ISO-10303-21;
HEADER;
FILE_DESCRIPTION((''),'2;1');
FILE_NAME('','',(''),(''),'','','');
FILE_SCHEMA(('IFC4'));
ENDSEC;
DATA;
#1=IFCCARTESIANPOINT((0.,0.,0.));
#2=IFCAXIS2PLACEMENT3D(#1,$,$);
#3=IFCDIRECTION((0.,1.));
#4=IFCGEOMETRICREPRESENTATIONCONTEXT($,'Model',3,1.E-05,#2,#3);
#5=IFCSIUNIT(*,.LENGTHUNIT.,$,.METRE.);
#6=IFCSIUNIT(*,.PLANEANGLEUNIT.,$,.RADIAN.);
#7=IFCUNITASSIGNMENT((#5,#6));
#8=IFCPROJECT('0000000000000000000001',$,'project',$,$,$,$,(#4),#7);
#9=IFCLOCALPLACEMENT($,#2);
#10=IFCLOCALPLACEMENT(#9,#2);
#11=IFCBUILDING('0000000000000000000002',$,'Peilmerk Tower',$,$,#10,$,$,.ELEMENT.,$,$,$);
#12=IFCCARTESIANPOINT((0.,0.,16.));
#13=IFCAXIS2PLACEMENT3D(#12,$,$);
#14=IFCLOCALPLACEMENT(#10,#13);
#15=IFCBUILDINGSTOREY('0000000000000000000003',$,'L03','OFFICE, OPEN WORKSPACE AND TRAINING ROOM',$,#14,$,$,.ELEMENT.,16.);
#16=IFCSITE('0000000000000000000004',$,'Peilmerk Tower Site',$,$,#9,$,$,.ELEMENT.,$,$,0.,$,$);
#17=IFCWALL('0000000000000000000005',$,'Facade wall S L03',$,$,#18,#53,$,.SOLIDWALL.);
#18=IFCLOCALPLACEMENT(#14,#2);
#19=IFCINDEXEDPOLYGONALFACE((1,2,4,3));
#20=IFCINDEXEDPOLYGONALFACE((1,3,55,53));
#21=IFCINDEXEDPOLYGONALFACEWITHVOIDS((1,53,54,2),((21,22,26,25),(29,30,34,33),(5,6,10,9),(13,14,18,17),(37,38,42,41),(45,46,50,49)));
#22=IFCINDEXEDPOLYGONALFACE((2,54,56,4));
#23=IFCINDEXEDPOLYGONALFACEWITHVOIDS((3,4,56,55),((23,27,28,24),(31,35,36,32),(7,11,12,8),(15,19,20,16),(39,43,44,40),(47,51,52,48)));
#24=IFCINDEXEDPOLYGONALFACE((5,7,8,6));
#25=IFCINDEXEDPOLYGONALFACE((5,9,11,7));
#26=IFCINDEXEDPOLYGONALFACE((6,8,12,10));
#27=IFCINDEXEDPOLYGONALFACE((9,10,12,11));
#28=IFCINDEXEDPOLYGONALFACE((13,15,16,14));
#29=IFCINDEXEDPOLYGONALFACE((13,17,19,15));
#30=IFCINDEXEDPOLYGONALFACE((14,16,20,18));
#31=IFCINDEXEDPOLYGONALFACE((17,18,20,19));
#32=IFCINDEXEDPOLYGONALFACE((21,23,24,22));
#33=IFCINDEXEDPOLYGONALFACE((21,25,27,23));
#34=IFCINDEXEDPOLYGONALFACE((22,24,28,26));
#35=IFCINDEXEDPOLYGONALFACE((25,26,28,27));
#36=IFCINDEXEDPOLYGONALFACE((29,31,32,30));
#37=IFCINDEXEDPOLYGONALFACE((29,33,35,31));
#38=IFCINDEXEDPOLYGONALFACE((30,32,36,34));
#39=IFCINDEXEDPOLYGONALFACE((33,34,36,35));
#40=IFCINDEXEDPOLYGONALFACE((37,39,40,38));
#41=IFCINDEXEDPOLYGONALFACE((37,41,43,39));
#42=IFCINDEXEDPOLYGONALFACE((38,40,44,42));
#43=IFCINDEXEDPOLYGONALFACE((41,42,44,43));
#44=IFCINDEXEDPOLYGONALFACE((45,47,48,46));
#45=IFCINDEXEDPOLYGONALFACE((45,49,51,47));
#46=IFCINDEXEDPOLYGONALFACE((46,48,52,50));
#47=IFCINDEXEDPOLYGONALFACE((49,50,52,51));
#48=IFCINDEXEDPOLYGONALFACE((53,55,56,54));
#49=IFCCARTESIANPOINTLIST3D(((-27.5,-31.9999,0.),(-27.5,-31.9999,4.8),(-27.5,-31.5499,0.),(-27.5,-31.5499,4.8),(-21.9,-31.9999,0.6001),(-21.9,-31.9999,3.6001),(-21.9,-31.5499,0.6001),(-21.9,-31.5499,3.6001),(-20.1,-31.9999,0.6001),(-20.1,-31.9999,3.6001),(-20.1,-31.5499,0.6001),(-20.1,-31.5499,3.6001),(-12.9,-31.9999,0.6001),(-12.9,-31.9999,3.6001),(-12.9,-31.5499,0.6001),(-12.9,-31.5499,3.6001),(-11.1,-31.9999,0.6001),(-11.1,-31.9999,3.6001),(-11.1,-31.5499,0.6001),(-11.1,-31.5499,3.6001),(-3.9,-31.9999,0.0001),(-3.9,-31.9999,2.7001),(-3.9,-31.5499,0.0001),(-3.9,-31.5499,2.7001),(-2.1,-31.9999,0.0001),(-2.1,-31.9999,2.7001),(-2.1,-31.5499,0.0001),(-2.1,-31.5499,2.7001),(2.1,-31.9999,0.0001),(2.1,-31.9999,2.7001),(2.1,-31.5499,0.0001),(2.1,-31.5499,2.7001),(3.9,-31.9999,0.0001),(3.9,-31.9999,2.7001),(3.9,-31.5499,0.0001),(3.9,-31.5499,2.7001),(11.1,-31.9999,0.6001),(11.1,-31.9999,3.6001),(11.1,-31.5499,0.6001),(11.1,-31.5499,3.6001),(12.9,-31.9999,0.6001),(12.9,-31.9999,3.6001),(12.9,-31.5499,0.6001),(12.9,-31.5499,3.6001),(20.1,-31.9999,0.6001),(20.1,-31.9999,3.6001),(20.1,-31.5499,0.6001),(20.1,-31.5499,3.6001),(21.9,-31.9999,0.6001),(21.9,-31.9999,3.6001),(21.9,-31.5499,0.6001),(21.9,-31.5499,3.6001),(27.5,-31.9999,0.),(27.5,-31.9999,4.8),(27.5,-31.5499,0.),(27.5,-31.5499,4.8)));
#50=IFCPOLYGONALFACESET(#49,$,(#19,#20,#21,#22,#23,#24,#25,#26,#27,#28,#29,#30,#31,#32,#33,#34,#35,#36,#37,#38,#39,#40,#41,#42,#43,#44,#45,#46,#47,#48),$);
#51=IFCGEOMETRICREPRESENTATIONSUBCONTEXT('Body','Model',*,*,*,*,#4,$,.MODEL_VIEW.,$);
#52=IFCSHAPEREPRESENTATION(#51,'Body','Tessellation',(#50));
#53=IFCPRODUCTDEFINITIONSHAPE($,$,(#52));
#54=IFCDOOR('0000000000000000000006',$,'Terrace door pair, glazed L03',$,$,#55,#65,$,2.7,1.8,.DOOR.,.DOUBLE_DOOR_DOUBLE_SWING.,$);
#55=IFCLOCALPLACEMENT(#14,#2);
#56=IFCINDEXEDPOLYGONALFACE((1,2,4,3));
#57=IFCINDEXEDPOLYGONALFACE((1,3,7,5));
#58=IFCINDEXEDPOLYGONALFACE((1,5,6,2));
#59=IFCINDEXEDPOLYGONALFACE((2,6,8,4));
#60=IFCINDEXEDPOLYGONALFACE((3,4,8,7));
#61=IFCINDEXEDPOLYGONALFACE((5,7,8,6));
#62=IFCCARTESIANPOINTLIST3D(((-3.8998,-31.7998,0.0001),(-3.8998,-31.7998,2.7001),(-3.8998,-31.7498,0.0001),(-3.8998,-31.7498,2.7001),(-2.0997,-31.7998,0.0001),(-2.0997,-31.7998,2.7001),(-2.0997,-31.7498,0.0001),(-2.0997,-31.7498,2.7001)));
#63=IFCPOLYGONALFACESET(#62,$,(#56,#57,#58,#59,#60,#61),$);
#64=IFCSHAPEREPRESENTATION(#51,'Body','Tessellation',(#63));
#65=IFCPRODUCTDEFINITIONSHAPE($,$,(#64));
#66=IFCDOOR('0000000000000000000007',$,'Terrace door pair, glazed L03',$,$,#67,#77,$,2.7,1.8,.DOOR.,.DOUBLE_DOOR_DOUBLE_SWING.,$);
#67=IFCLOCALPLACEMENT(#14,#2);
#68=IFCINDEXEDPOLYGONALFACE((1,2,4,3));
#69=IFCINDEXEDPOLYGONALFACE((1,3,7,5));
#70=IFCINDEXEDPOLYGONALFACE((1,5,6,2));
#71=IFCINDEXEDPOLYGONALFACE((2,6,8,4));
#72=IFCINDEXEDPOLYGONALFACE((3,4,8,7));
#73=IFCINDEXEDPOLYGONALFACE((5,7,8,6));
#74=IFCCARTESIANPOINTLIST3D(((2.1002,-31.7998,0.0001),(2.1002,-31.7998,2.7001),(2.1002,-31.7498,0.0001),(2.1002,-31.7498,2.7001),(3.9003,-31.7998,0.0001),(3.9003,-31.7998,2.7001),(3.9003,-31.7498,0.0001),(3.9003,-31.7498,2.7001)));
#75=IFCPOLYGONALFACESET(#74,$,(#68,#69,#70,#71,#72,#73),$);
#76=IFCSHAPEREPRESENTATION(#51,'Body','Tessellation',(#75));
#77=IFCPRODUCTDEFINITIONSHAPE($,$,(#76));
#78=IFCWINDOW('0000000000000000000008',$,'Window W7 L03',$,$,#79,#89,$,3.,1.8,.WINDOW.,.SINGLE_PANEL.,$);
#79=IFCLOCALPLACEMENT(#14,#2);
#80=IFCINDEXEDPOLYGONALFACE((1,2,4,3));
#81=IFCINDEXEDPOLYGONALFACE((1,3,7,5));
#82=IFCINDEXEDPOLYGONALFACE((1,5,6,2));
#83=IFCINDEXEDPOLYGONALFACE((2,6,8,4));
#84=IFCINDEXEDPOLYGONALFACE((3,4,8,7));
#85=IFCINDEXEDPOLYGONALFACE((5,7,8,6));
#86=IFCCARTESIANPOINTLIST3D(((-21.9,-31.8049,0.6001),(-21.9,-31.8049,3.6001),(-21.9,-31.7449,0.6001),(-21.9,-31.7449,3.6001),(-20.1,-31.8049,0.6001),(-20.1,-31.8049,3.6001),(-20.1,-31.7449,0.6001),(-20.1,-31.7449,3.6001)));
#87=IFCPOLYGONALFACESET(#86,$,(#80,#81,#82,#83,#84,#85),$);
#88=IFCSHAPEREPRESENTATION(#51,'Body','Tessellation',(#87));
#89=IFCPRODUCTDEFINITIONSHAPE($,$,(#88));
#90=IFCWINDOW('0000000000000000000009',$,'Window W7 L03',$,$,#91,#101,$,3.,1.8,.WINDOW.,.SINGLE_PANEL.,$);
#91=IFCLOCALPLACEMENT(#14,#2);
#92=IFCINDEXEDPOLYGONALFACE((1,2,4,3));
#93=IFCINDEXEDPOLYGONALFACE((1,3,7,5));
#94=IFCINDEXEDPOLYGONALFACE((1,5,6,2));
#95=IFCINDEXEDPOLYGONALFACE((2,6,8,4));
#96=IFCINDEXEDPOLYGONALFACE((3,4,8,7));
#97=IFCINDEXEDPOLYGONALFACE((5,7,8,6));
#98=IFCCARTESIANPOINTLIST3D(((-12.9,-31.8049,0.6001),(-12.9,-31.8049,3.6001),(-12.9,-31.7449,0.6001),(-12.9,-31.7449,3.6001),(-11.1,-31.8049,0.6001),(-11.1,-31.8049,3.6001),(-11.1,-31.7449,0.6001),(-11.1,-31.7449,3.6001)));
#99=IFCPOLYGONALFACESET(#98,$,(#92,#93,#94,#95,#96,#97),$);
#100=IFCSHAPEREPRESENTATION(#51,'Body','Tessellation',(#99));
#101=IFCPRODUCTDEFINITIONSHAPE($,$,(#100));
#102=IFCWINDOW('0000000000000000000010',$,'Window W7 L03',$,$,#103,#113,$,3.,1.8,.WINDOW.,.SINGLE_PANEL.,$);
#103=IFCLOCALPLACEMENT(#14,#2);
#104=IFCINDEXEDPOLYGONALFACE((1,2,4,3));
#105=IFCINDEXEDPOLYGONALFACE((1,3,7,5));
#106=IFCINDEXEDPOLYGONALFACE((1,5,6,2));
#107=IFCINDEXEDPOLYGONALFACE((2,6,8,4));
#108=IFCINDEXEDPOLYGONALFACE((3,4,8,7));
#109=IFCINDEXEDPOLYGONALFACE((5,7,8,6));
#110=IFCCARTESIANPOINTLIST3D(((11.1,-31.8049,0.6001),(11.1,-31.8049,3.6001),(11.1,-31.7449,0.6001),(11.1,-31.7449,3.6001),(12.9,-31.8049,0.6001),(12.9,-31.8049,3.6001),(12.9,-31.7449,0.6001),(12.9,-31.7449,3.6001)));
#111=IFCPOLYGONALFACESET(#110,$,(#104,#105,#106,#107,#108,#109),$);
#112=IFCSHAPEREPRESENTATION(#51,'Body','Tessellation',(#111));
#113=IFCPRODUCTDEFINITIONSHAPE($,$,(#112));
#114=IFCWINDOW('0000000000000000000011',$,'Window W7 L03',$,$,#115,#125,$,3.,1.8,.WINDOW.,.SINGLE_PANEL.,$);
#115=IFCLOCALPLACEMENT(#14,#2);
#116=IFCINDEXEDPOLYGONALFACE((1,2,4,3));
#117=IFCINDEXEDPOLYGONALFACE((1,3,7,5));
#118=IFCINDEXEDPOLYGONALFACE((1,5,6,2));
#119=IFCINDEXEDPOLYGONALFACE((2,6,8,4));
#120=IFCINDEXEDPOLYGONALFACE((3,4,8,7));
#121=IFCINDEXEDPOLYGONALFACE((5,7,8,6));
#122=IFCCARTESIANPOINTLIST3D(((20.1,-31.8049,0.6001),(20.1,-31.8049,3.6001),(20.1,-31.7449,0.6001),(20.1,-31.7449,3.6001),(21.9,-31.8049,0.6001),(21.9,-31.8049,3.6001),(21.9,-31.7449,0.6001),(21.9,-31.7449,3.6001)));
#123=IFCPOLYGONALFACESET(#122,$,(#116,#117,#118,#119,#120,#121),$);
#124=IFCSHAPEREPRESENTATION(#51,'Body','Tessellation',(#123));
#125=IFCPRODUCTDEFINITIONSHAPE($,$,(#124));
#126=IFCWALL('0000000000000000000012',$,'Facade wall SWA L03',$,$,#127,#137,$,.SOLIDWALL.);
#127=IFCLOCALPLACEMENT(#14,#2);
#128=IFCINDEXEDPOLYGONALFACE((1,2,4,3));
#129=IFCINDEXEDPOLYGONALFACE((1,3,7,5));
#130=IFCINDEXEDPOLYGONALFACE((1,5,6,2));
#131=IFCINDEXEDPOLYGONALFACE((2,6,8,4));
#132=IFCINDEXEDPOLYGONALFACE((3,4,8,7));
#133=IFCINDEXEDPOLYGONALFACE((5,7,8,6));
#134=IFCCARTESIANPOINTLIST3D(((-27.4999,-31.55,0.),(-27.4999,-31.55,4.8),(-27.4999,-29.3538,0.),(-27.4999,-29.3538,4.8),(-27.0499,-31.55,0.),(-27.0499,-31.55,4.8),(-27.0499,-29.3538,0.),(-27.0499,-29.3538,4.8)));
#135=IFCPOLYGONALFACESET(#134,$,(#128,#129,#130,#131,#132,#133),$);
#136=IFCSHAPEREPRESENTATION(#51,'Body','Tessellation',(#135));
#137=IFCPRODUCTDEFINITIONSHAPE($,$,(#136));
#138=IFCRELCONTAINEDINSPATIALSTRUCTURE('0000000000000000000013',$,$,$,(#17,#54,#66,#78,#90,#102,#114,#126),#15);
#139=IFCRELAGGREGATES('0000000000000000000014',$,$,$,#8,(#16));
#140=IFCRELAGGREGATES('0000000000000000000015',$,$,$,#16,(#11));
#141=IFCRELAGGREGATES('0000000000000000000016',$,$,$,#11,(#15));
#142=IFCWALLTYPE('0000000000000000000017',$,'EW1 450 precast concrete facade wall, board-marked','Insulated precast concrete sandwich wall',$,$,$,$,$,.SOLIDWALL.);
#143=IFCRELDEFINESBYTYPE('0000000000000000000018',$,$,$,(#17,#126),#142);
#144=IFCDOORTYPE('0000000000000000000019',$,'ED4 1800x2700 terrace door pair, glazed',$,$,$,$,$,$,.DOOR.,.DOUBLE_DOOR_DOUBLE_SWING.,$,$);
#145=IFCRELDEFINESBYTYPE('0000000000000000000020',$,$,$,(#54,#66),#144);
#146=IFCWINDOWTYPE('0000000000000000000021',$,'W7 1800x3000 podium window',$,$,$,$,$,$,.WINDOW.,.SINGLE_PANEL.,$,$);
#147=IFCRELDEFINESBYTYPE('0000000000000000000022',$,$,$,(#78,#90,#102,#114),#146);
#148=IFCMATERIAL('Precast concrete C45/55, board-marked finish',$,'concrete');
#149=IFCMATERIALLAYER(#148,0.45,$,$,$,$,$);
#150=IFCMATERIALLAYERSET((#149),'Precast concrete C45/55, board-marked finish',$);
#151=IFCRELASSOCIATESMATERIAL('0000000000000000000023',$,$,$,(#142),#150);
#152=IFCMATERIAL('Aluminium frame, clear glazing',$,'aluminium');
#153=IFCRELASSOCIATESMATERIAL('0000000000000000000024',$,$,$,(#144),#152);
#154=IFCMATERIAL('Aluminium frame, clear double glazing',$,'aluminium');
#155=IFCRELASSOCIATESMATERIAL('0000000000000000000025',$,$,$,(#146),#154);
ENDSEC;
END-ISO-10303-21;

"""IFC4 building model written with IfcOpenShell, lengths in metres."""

from ifc_helpers import new_model, si_unit, direction, frame, frame_2d, origin, place, context, subcontext, project, spatial, rectangle, extrude, material, layer, layer_set, type_object, element, fill, save


model = new_model("IFC4")

# Units and contexts
model_context = context("Model", 3, precision=1e-05, world=origin(), true_north=direction((0.0, 1.0)))
body_context = subcontext(model_context, "Body", "Model", "MODEL_VIEW")
ifc_project = project(units=[si_unit("LENGTHUNIT", "METRE"), si_unit("PLANEANGLEUNIT", "RADIAN")], contexts=[model_context])

# Site, building, storey
site_placement = place(None, origin())
site = spatial("IfcSite", under=ifc_project, at=site_placement, Name="Peilmerk Tower Site", CompositionType="ELEMENT", RefElevation=0.0)
building_placement = place(site_placement, origin())
building = spatial("IfcBuilding", under=site, at=building_placement, Name="Peilmerk Tower", CompositionType="ELEMENT")
storey_placement = place(building_placement, frame((0.0, 0.0, 16.0)))
storey = spatial("IfcBuildingStorey", under=building, at=storey_placement, Name="L03", Description="OFFICE, OPEN WORKSPACE AND TRAINING ROOM", CompositionType="ELEMENT", Elevation=16.0)

# Wall, openings, doors, windows
ifc_material_1 = material(Name="Precast concrete C45/55, board-marked finish", Category="concrete")
ifc_layer_1 = layer(ifc_material_1, 0.45)
ifc_layer_set_1 = layer_set([ifc_layer_1], Name="Precast concrete C45/55, board-marked finish")
wall_type = type_object("IfcWallType", Name="EW1 450 precast concrete facade wall, board-marked", Description="Insulated precast concrete sandwich wall", PredefinedType="SOLIDWALL", material=ifc_layer_set_1)
wall_1_placement = place(storey_placement, frame((-27.5, -31.7749, 0.0), z_axis=(0.0, 0.0, 1.0), x_axis=(1.0, 0.0, 0.0)))
wall_1 = element("IfcWall", 1, at=wall_1_placement, inside=storey, type_object=wall_type, Name="Facade wall S L03", PredefinedType="SOLIDWALL", context=body_context, shape_type="SweptSolid", body=[
    extrude(rectangle(XDim=55.0, YDim=0.45, at=frame_2d((27.5, 0.0))), origin(), (0.0, 0.0, 1.0), 4.8),
])
opening_1_placement = place(wall_1_placement, frame((5.6001, 0.0, 0.6001)))
opening_1 = element("IfcOpeningElement", 2, at=opening_1_placement, cuts=wall_1, PredefinedType="OPENING", context=body_context, shape_type="SweptSolid", body=[
    extrude(rectangle(XDim=1.8, YDim=3.0, at=frame_2d((0.8999, 1.5))), frame((0.0, 0.2349, 0.0), z_axis=(0.0, -1.0, 0.0), x_axis=(1.0, 0.0, 0.0)), (0.0, 0.0, 1.0), 0.47),
])
opening_2_placement = place(wall_1_placement, frame((14.6001, 0.0, 0.6001)))
opening_2 = element("IfcOpeningElement", 3, at=opening_2_placement, cuts=wall_1, PredefinedType="OPENING", context=body_context, shape_type="SweptSolid", body=[
    extrude(rectangle(XDim=1.8, YDim=3.0, at=frame_2d((0.8999, 1.5))), frame((0.0, 0.2349, 0.0), z_axis=(0.0, -1.0, 0.0), x_axis=(1.0, 0.0, 0.0)), (0.0, 0.0, 1.0), 0.47),
])
opening_3_placement = place(wall_1_placement, frame((38.6001, 0.0, 0.6001)))
opening_3 = element("IfcOpeningElement", 4, at=opening_3_placement, cuts=wall_1, PredefinedType="OPENING", context=body_context, shape_type="SweptSolid", body=[
    extrude(rectangle(XDim=1.8, YDim=3.0, at=frame_2d((0.8999, 1.5))), frame((0.0, 0.2349, 0.0), z_axis=(0.0, -1.0, 0.0), x_axis=(1.0, 0.0, 0.0)), (0.0, 0.0, 1.0), 0.47),
])
opening_4_placement = place(wall_1_placement, frame((47.6001, 0.0, 0.6001)))
opening_4 = element("IfcOpeningElement", 5, at=opening_4_placement, cuts=wall_1, PredefinedType="OPENING", context=body_context, shape_type="SweptSolid", body=[
    extrude(rectangle(XDim=1.8, YDim=3.0, at=frame_2d((0.8999, 1.5))), frame((0.0, 0.2349, 0.0), z_axis=(0.0, -1.0, 0.0), x_axis=(1.0, 0.0, 0.0)), (0.0, 0.0, 1.0), 0.47),
])
opening_5_placement = place(wall_1_placement, frame((23.6001, 0.0, 0.0)))
opening_5 = element("IfcOpeningElement", 6, at=opening_5_placement, cuts=wall_1, PredefinedType="OPENING", context=body_context, shape_type="SweptSolid", body=[
    extrude(rectangle(XDim=1.8, YDim=2.7, at=frame_2d((0.8999, 1.3501))), frame((0.0, 0.2349, 0.0), z_axis=(0.0, -1.0, 0.0), x_axis=(1.0, 0.0, 0.0)), (0.0, 0.0, 1.0), 0.47),
])
opening_6_placement = place(wall_1_placement, frame((29.6001, 0.0, 0.0)))
opening_6 = element("IfcOpeningElement", 7, at=opening_6_placement, cuts=wall_1, PredefinedType="OPENING", context=body_context, shape_type="SweptSolid", body=[
    extrude(rectangle(XDim=1.8, YDim=2.7, at=frame_2d((0.8999, 1.3501))), frame((0.0, 0.2349, 0.0), z_axis=(0.0, -1.0, 0.0), x_axis=(1.0, 0.0, 0.0)), (0.0, 0.0, 1.0), 0.47),
])
ifc_material_2 = material(Name="Aluminium frame, clear glazing", Category="aluminium")
door_type = type_object("IfcDoorType", Name="ED4 1800x2700 terrace door pair, glazed", OperationType="DOUBLE_DOOR_DOUBLE_SWING", PredefinedType="DOOR", material=ifc_material_2)
door_1_placement = place(opening_5_placement, frame((1.8, 0.0, 0.0), z_axis=(0.0, 0.0, 1.0), x_axis=(-1.0, 0.0, 0.0)))
door_1 = element("IfcDoor", 8, at=door_1_placement, inside=storey, type_object=door_type, Name="Terrace door pair, glazed L03", OperationType="DOUBLE_DOOR_DOUBLE_SWING", OverallHeight=2.7, OverallWidth=1.8, PredefinedType="DOOR", context=body_context, shape_type="SweptSolid", body=[
    extrude(rectangle(XDim=1.8, YDim=2.7, at=frame_2d((0.8999, 1.3501))), frame((0.0, 0.0249, 0.0), z_axis=(0.0, -1.0, 0.0), x_axis=(1.0, 0.0, 0.0)), (0.0, 0.0, 1.0), 0.05),
])
fill(opening_5, door_1)
door_2_placement = place(opening_6_placement, frame((1.8, 0.0, 0.0), z_axis=(0.0, 0.0, 1.0), x_axis=(-1.0, 0.0, 0.0)))
door_2 = element("IfcDoor", 9, at=door_2_placement, inside=storey, type_object=door_type, Name="Terrace door pair, glazed L03", OperationType="DOUBLE_DOOR_DOUBLE_SWING", OverallHeight=2.7, OverallWidth=1.8, PredefinedType="DOOR", context=body_context, shape_type="SweptSolid", body=[
    extrude(rectangle(XDim=1.8, YDim=2.7, at=frame_2d((0.8999, 1.3501))), frame((0.0, 0.0249, 0.0), z_axis=(0.0, -1.0, 0.0), x_axis=(1.0, 0.0, 0.0)), (0.0, 0.0, 1.0), 0.05),
])
fill(opening_6, door_2)
ifc_material_3 = material(Name="Aluminium frame, clear double glazing", Category="aluminium")
window_type = type_object("IfcWindowType", Name="W7 1800x3000 podium window", PartitioningType="SINGLE_PANEL", PredefinedType="WINDOW", material=ifc_material_3)
window_1_placement = place(opening_1_placement, origin())
window_1 = element("IfcWindow", 10, at=window_1_placement, inside=storey, type_object=window_type, Name="Window W7 L03", OverallHeight=3.0, OverallWidth=1.8, PartitioningType="SINGLE_PANEL", PredefinedType="WINDOW", context=body_context, shape_type="SweptSolid", body=[
    extrude(rectangle(XDim=1.8, YDim=3.0, at=frame_2d((0.8999, 1.5))), frame((0.0, 0.03, 0.0), z_axis=(0.0, -1.0, 0.0), x_axis=(1.0, 0.0, 0.0)), (0.0, 0.0, 1.0), 0.0601),
])
fill(opening_1, window_1)
window_2_placement = place(opening_2_placement, origin())
window_2 = element("IfcWindow", 11, at=window_2_placement, inside=storey, type_object=window_type, Name="Window W7 L03", OverallHeight=3.0, OverallWidth=1.8, PartitioningType="SINGLE_PANEL", PredefinedType="WINDOW", context=body_context, shape_type="SweptSolid", body=[
    extrude(rectangle(XDim=1.8, YDim=3.0, at=frame_2d((0.8999, 1.5))), frame((0.0, 0.03, 0.0), z_axis=(0.0, -1.0, 0.0), x_axis=(1.0, 0.0, 0.0)), (0.0, 0.0, 1.0), 0.0601),
])
fill(opening_2, window_2)
window_3_placement = place(opening_3_placement, origin())
window_3 = element("IfcWindow", 12, at=window_3_placement, inside=storey, type_object=window_type, Name="Window W7 L03", OverallHeight=3.0, OverallWidth=1.8, PartitioningType="SINGLE_PANEL", PredefinedType="WINDOW", context=body_context, shape_type="SweptSolid", body=[
    extrude(rectangle(XDim=1.8, YDim=3.0, at=frame_2d((0.8999, 1.5))), frame((0.0, 0.03, 0.0), z_axis=(0.0, -1.0, 0.0), x_axis=(1.0, 0.0, 0.0)), (0.0, 0.0, 1.0), 0.0601),
])
fill(opening_3, window_3)
window_4_placement = place(opening_4_placement, origin())
window_4 = element("IfcWindow", 13, at=window_4_placement, inside=storey, type_object=window_type, Name="Window W7 L03", OverallHeight=3.0, OverallWidth=1.8, PartitioningType="SINGLE_PANEL", PredefinedType="WINDOW", context=body_context, shape_type="SweptSolid", body=[
    extrude(rectangle(XDim=1.8, YDim=3.0, at=frame_2d((0.8999, 1.5))), frame((0.0, 0.03, 0.0), z_axis=(0.0, -1.0, 0.0), x_axis=(1.0, 0.0, 0.0)), (0.0, 0.0, 1.0), 0.0601),
])
fill(opening_4, window_4)

# Wall
wall_2_placement = place(storey_placement, frame((-27.2749, -29.3538, 0.0), z_axis=(0.0, 0.0, 1.0), x_axis=(0.0, -1.0, 0.0)))
element("IfcWall", 14, at=wall_2_placement, inside=storey, type_object=wall_type, Name="Facade wall SWA L03", PredefinedType="SOLIDWALL", context=body_context, shape_type="SweptSolid", body=[
    extrude(rectangle(XDim=2.1963, YDim=0.45, at=frame_2d((1.0981, 0.0))), origin(), (0.0, 0.0, 1.0), 4.8),
])

save(model, "model.ifc")
